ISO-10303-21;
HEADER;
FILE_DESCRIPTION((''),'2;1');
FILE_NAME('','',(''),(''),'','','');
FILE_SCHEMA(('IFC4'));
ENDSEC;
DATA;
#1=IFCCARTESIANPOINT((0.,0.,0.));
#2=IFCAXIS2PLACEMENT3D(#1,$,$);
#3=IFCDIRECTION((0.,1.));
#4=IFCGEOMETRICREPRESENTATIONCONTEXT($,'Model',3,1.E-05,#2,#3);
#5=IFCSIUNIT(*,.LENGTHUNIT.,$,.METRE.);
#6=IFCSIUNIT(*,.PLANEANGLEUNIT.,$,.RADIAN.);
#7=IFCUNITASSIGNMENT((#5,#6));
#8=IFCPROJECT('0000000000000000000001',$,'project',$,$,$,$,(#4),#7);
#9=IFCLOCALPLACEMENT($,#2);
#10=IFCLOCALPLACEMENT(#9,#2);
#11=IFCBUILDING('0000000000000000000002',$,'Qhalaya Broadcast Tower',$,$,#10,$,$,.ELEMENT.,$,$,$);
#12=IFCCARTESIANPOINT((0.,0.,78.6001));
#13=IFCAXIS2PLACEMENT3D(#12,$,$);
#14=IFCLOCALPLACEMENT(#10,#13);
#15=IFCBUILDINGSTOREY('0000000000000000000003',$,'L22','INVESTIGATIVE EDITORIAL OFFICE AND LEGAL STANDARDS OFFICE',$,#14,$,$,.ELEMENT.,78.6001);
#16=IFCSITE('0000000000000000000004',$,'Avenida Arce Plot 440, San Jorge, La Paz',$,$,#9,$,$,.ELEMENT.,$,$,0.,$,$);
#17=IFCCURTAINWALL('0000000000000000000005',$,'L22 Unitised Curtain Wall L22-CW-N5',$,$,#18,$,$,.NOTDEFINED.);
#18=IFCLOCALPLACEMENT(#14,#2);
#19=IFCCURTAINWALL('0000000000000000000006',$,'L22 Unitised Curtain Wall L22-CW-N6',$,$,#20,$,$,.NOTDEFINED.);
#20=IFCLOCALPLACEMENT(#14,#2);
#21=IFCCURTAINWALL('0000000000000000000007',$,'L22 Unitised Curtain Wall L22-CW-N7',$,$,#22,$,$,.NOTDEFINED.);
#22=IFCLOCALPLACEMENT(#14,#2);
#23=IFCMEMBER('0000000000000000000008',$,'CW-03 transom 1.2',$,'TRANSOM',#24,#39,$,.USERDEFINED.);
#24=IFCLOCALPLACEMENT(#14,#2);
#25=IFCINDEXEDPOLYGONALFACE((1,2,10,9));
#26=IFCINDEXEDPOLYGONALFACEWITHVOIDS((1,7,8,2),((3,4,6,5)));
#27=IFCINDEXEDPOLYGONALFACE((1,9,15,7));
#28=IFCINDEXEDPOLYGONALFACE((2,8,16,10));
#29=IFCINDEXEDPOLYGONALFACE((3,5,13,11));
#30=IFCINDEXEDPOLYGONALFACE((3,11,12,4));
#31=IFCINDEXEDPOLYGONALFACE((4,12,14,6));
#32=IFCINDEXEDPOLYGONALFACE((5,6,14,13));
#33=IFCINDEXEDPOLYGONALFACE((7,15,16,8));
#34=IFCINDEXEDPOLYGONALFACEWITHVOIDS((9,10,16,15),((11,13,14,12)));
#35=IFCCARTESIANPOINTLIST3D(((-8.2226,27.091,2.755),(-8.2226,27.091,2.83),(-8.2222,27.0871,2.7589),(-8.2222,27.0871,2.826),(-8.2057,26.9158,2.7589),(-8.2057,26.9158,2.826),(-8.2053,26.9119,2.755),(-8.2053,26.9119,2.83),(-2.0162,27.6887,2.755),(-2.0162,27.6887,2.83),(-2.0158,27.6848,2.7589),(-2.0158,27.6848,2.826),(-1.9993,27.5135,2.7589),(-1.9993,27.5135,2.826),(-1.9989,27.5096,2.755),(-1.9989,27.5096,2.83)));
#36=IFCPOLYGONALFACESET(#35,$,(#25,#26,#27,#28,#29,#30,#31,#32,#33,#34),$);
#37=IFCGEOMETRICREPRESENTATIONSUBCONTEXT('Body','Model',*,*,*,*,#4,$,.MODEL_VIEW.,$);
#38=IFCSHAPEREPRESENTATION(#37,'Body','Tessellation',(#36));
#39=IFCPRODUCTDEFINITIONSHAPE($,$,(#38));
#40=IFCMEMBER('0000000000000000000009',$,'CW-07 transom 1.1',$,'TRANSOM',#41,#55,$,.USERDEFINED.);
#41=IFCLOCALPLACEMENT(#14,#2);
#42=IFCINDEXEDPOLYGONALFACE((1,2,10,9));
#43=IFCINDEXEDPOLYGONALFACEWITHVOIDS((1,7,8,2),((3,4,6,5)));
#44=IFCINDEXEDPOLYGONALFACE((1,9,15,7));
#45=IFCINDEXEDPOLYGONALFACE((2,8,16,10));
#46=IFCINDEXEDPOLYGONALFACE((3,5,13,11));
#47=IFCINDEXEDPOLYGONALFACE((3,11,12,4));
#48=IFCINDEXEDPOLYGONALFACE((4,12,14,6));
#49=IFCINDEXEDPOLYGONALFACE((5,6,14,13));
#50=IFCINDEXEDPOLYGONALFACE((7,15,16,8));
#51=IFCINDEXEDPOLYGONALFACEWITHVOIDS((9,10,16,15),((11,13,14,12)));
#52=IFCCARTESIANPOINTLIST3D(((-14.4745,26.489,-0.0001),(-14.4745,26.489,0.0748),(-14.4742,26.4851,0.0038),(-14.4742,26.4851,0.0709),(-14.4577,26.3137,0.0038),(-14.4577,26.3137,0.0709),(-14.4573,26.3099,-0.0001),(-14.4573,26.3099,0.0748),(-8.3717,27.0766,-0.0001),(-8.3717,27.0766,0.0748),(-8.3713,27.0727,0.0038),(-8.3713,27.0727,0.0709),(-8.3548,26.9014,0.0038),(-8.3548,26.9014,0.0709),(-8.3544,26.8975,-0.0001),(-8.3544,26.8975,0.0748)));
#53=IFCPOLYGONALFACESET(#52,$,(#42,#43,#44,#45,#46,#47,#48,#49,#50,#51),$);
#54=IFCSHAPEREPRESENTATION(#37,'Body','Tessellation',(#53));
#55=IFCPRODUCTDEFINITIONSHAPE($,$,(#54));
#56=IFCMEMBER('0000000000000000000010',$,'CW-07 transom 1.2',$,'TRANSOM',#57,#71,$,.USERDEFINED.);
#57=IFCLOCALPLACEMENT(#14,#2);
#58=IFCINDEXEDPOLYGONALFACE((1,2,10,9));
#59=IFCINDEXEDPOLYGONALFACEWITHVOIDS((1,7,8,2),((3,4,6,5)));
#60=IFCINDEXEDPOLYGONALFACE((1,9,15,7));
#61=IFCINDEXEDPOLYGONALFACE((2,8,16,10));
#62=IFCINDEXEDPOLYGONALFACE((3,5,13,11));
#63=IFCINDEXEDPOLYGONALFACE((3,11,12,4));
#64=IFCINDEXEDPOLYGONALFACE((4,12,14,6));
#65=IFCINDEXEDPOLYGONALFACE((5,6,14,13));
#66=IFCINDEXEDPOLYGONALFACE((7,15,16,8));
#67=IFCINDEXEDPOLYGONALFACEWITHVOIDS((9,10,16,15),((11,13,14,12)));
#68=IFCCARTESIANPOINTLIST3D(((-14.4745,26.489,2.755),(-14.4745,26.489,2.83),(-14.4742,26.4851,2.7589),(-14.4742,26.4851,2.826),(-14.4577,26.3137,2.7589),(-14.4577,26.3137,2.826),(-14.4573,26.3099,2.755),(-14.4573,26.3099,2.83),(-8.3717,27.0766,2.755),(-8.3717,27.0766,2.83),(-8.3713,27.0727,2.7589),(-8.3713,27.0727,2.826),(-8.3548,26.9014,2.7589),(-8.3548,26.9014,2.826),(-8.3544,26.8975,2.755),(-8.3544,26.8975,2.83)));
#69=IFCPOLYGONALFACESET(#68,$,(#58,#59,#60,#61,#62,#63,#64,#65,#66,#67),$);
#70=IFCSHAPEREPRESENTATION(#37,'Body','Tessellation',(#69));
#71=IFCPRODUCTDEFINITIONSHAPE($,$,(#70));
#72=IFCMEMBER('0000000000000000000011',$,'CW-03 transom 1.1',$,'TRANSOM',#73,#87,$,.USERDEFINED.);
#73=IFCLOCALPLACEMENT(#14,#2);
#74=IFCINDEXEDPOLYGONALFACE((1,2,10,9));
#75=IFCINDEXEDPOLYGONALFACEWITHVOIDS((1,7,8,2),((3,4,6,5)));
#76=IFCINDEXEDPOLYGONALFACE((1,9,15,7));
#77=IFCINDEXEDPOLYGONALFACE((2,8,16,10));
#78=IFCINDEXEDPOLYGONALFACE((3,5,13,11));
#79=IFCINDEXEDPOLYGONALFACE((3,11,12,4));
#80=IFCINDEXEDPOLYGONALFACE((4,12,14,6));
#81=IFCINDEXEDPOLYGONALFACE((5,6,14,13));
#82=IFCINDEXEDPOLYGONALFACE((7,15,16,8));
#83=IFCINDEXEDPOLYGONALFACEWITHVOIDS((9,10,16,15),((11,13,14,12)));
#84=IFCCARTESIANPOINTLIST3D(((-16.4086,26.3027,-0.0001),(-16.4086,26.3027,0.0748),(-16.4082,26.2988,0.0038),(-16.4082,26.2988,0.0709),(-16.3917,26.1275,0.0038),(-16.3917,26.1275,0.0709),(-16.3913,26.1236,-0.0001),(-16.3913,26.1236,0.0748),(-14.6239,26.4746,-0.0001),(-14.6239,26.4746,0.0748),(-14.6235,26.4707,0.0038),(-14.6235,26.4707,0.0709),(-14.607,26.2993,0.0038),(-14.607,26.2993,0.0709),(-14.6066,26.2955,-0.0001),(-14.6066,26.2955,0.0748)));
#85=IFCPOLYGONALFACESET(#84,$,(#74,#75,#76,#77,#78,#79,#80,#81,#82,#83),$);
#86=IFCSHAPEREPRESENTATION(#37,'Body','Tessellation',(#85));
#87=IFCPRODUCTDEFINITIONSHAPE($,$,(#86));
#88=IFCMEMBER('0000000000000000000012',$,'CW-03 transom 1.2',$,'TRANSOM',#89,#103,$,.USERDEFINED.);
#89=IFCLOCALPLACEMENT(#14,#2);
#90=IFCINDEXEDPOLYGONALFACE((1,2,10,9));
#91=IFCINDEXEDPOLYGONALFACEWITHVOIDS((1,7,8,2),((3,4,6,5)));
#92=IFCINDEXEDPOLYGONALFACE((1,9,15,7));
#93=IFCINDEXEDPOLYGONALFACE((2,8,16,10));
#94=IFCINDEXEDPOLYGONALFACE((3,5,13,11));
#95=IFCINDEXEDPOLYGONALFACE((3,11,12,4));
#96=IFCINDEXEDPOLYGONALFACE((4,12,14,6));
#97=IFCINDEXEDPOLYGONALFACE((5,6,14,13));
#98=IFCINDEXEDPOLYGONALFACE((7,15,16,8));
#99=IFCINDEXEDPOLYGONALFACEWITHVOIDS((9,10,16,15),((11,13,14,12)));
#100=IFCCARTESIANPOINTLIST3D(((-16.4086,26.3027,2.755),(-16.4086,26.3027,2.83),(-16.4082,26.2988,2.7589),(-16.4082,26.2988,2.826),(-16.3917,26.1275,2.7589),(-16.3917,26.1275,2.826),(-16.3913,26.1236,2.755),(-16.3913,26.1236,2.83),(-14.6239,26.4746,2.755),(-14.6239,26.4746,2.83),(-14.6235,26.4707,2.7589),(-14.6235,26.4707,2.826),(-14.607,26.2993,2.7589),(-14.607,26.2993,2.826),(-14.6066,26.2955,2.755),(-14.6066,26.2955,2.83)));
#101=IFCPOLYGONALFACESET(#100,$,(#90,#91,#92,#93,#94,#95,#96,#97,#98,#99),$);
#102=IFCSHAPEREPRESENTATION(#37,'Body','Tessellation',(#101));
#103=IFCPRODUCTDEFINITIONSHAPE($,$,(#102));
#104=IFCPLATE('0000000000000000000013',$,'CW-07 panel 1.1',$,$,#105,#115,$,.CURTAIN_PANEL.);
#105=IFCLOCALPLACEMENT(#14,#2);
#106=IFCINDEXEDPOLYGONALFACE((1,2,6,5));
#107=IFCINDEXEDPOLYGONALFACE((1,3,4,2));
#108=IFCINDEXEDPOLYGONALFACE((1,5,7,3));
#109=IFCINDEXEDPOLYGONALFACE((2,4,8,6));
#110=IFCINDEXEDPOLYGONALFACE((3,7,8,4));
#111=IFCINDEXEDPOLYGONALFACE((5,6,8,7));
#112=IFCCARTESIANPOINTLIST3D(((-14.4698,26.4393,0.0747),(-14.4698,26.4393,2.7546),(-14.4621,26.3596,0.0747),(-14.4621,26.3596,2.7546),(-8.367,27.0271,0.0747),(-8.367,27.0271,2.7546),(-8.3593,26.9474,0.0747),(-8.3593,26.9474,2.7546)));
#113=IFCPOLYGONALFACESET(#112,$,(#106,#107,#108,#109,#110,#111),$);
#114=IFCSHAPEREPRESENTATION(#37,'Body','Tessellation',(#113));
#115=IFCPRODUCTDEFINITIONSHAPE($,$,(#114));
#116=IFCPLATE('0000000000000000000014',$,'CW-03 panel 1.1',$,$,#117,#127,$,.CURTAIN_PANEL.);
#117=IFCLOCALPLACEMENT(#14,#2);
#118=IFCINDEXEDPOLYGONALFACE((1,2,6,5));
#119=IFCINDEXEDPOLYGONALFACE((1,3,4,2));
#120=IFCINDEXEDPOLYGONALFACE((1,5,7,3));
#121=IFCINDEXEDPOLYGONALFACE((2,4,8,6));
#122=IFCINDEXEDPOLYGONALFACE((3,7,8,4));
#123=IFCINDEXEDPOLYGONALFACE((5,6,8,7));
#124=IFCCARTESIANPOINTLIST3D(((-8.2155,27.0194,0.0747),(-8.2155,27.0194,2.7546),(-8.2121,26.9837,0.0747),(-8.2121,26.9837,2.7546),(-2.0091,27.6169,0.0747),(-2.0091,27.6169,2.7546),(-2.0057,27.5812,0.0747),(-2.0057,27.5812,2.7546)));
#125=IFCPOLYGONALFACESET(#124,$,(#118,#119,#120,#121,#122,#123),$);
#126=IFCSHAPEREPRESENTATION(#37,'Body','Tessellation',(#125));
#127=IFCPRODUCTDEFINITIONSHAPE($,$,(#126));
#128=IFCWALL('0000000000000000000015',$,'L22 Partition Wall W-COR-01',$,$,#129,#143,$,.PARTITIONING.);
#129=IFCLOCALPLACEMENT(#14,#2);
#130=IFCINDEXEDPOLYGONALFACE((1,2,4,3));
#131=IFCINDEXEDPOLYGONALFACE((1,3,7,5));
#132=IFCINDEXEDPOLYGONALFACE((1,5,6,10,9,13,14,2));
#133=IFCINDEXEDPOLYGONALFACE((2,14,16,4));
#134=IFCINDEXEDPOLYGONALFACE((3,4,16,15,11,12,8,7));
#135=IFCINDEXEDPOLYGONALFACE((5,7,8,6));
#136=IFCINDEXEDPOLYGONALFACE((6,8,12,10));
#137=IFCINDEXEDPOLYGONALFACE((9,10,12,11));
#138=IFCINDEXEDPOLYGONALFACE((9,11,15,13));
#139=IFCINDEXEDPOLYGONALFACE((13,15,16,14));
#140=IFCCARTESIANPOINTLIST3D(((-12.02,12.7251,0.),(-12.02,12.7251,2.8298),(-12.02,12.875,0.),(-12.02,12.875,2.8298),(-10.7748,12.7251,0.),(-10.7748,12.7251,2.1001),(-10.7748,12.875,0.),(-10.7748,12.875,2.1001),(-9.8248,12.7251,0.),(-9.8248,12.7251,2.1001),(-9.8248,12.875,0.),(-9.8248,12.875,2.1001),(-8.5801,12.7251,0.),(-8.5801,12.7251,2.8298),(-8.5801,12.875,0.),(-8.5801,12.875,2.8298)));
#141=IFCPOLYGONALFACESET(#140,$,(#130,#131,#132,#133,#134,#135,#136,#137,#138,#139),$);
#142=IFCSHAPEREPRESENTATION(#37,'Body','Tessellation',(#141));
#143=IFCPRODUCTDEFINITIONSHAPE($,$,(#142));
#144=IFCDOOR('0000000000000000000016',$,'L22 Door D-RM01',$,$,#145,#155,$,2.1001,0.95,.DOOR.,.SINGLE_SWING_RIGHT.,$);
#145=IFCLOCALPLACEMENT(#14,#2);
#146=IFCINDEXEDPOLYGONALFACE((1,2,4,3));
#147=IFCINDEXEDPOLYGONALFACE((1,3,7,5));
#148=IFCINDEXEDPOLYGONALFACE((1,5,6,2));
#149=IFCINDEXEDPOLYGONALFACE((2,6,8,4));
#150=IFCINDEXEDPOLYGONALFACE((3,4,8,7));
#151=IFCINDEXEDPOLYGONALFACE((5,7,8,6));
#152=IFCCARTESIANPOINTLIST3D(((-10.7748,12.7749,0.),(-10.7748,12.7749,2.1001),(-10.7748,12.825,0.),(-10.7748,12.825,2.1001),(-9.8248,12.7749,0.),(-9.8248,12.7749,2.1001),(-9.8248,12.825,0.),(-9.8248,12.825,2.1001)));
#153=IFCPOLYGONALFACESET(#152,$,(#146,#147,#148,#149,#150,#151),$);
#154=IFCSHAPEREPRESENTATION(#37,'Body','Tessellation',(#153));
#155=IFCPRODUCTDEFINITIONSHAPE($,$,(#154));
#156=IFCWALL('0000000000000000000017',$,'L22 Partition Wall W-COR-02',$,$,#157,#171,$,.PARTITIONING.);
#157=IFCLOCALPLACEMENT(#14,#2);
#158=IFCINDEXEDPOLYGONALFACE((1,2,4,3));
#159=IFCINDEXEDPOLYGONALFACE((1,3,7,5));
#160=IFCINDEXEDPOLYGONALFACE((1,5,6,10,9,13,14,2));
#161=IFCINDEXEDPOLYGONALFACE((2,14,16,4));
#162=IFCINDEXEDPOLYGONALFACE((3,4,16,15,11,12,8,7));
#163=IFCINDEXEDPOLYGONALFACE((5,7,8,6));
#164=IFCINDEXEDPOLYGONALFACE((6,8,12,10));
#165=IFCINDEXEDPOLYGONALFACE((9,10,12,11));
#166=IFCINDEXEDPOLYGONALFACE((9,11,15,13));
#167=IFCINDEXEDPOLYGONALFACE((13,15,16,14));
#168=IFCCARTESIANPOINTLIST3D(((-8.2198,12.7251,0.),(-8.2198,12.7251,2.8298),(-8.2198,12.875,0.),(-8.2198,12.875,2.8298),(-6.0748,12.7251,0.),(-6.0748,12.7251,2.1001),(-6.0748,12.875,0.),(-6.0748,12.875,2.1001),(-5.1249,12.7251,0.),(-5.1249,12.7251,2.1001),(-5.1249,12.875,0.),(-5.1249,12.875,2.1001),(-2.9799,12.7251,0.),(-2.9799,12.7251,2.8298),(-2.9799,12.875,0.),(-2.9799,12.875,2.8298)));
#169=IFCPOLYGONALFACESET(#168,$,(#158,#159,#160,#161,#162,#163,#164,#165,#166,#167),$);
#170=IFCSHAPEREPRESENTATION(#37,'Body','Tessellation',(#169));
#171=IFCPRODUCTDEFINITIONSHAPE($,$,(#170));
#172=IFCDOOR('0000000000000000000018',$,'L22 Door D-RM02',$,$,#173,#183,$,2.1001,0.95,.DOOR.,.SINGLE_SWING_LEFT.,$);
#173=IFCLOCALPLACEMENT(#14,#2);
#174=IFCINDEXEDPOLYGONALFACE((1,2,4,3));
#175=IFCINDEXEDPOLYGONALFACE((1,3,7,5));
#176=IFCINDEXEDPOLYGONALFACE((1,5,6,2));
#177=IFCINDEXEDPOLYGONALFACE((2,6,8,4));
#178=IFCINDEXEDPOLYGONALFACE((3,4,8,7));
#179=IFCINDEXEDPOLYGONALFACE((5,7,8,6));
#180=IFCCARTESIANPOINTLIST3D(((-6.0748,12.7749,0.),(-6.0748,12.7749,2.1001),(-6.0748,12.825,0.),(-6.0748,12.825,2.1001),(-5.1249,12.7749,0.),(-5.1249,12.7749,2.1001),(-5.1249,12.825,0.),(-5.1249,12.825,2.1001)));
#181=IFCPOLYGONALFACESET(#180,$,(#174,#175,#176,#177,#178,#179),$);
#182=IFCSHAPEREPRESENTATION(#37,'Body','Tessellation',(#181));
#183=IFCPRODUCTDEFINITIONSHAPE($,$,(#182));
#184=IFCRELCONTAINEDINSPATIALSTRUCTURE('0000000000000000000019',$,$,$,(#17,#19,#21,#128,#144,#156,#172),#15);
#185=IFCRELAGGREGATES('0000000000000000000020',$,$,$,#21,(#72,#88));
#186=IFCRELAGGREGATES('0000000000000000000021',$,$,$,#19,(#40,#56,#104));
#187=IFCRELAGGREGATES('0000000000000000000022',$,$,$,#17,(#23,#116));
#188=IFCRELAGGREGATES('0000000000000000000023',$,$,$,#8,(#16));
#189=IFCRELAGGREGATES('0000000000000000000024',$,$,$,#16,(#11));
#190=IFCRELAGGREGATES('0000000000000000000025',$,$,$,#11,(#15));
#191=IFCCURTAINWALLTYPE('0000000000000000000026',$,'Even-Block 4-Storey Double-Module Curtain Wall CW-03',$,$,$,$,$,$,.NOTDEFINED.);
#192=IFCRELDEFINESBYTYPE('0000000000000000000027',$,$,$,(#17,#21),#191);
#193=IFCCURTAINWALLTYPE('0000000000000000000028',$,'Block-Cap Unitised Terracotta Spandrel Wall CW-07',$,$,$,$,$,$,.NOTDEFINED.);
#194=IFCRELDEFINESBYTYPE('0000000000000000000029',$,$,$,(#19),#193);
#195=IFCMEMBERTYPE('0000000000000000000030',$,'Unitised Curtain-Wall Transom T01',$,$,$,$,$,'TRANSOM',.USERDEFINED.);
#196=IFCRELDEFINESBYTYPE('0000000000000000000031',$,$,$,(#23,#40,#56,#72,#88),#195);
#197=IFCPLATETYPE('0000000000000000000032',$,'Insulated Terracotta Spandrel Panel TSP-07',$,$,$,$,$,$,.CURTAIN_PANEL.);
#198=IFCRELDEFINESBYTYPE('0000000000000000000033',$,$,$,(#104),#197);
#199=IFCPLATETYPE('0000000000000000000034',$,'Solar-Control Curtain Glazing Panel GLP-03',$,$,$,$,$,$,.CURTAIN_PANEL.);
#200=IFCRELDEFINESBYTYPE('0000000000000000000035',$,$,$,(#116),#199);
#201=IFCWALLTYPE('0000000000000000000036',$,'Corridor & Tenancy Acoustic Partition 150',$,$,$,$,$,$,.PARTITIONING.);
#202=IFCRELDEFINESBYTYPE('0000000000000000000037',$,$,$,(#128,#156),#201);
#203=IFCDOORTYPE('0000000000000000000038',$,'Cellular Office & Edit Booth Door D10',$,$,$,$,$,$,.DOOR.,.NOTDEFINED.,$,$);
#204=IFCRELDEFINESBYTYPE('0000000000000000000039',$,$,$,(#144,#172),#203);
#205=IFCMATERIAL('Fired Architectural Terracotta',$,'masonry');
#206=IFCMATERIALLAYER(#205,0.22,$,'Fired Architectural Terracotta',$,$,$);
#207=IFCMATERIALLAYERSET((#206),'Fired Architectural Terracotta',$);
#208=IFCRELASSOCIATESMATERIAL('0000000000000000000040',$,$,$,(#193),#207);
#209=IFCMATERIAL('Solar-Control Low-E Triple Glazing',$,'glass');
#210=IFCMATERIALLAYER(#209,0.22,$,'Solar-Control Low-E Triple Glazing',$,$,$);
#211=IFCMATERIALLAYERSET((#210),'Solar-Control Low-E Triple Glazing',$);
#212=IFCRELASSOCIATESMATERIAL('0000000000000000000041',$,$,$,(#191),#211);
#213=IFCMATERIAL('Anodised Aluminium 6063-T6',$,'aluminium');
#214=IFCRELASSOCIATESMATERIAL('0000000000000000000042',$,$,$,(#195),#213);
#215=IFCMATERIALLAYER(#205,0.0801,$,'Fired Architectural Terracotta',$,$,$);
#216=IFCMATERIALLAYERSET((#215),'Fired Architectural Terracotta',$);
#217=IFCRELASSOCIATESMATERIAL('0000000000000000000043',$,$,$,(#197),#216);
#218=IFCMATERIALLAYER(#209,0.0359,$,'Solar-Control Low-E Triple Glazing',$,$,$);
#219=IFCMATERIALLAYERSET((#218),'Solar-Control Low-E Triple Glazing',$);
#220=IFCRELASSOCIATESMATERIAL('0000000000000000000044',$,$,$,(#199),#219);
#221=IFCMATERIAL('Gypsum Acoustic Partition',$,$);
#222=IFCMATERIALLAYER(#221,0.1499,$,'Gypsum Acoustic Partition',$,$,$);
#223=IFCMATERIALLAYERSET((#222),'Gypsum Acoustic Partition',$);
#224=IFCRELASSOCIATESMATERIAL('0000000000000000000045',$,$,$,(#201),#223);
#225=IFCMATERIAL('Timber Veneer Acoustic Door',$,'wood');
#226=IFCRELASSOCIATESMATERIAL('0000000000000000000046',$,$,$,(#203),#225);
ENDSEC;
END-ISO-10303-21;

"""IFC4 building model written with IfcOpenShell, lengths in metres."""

from ifc_helpers import new_model, si_unit, direction, frame, frame_2d, origin, origin_2d, place, context, subcontext, project, spatial, rectangle, hollow_rectangle, extrude, material, layer, layer_set, material_profile, profile_set, type_object, element, fill, aggregate, save


model = new_model("IFC4")

# Units and contexts
model_context = context("Model", 3, precision=1e-05, world=origin(), true_north=direction((0.0, 1.0)))
body_context = subcontext(model_context, "Body", "Model", "MODEL_VIEW")
ifc_project = project(units=[si_unit("LENGTHUNIT", "METRE"), si_unit("PLANEANGLEUNIT", "RADIAN")], contexts=[model_context])

# Site, building, storey
site_placement = place(None, origin())
site = spatial("IfcSite", under=ifc_project, at=site_placement, Name="Avenida Arce Plot 440, San Jorge, La Paz", CompositionType="ELEMENT", RefElevation=0.0)
building_placement = place(site_placement, origin())
building = spatial("IfcBuilding", under=site, at=building_placement, Name="Qhalaya Broadcast Tower", CompositionType="ELEMENT")
storey_placement = place(building_placement, frame((0.0, 0.0, 78.6001)))
storey = spatial("IfcBuildingStorey", under=building, at=storey_placement, Name="L22", Description="INVESTIGATIVE EDITORIAL OFFICE AND LEGAL STANDARDS OFFICE", CompositionType="ELEMENT", Elevation=78.6001)

# Shared definitions
ifc_material_1 = material(Name="Fired Architectural Terracotta", Category="masonry")
ifc_layer_1 = layer(ifc_material_1, 0.22, Name="Fired Architectural Terracotta")
ifc_layer_set_1 = layer_set([ifc_layer_1], Name="Fired Architectural Terracotta")
curtain_wall_type_1 = type_object("IfcCurtainWallType", Name="Block-Cap Unitised Terracotta Spandrel Wall CW-07", PredefinedType="NOTDEFINED", material=ifc_layer_set_1)
ifc_material_2 = material(Name="Anodised Aluminium 6063-T6", Category="aluminium")

# Curtain walls
ifc_material_3 = material(Name="Solar-Control Low-E Triple Glazing", Category="glass")
ifc_layer_2 = layer(ifc_material_3, 0.22, Name="Solar-Control Low-E Triple Glazing")
ifc_layer_set_2 = layer_set([ifc_layer_2], Name="Solar-Control Low-E Triple Glazing")
curtain_wall_type_2 = type_object("IfcCurtainWallType", Name="Even-Block 4-Storey Double-Module Curtain Wall CW-03", PredefinedType="NOTDEFINED", material=ifc_layer_set_2)
curtain_wall_1_placement = place(storey_placement, origin())
curtain_wall_1 = element("IfcCurtainWall", 1, at=curtain_wall_1_placement, inside=storey, type_object=curtain_wall_type_2, Name="L22 Unitised Curtain Wall L22-CW-N5", PredefinedType="NOTDEFINED")
curtain_wall_2_placement = place(storey_placement, origin())
curtain_wall_2 = element("IfcCurtainWall", 2, at=curtain_wall_2_placement, inside=storey, type_object=curtain_wall_type_1, Name="L22 Unitised Curtain Wall L22-CW-N6", PredefinedType="NOTDEFINED")

# Curtain wall
curtain_wall_3_placement = place(storey_placement, origin())
curtain_wall_3 = element("IfcCurtainWall", 3, at=curtain_wall_3_placement, inside=storey, type_object=curtain_wall_type_2, Name="L22 Unitised Curtain Wall L22-CW-N7", PredefinedType="NOTDEFINED")

# Members
ifc_material_profile_1 = material_profile(ifc_material_2, hollow_rectangle(XDim=0.075, YDim=0.1799, WallThickness=0.0039, at=origin_2d()), Name="ALU-TRN 75x180x4")
ifc_profile_set_1 = profile_set([ifc_material_profile_1], Name="Anodised Aluminium 6063-T6")
member_type_1 = type_object("IfcMemberType", Name="Unitised Curtain-Wall Transom T01", ElementType="TRANSOM", PredefinedType="USERDEFINED", material=ifc_profile_set_1)
member_1_placement = place(storey_placement, frame((-2.0076, 27.5991, 2.7925), z_axis=(-0.995395, -0.095855, 0.0), x_axis=(0.0, 0.0, 1.0)))
member_1 = element("IfcMember", 4, at=member_1_placement, type_object=member_type_1, Name="CW-03 transom 1.2", ObjectType="TRANSOM", PredefinedType="USERDEFINED", context=body_context, shape_type="SweptSolid", body=[
    extrude(hollow_rectangle(XDim=0.075, YDim=0.1799, WallThickness=0.0039, at=origin_2d()), origin(), (0.0, 0.0, 1.0), 6.2351),
])
member_2_placement = place(storey_placement, frame((-8.363, 26.9871, 0.0374), z_axis=(-0.995396, -0.095848, 0.0), x_axis=(0.0, 0.0, 1.0)))
member_2 = element("IfcMember", 5, at=member_2_placement, type_object=member_type_1, Name="CW-07 transom 1.1", ObjectType="TRANSOM", PredefinedType="USERDEFINED", context=body_context, shape_type="SweptSolid", body=[
    extrude(hollow_rectangle(XDim=0.075, YDim=0.1799, WallThickness=0.0039, at=origin_2d()), origin(), (0.0, 0.0, 1.0), 6.1311),
])
member_3_placement = place(storey_placement, frame((-8.363, 26.9871, 2.7925), z_axis=(-0.995396, -0.095848, 0.0), x_axis=(0.0, 0.0, 1.0)))
member_3 = element("IfcMember", 6, at=member_3_placement, type_object=member_type_1, Name="CW-07 transom 1.2", ObjectType="TRANSOM", PredefinedType="USERDEFINED", context=body_context, shape_type="SweptSolid", body=[
    extrude(hollow_rectangle(XDim=0.075, YDim=0.1799, WallThickness=0.0039, at=origin_2d()), origin(), (0.0, 0.0, 1.0), 6.1311),
])
member_4_placement = place(storey_placement, frame((-14.6152, 26.385, 0.0374), z_axis=(-0.995395, -0.095863, 0.0), x_axis=(0.0, 0.0, 1.0)))
member_4 = element("IfcMember", 7, at=member_4_placement, type_object=member_type_1, Name="CW-03 transom 1.1", ObjectType="TRANSOM", PredefinedType="USERDEFINED", context=body_context, shape_type="SweptSolid", body=[
    extrude(hollow_rectangle(XDim=0.075, YDim=0.1799, WallThickness=0.0039, at=origin_2d()), origin(), (0.0, 0.0, 1.0), 1.793),
])
member_5_placement = place(storey_placement, frame((-14.6152, 26.385, 2.7925), z_axis=(-0.995395, -0.095863, 0.0), x_axis=(0.0, 0.0, 1.0)))
member_5 = element("IfcMember", 8, at=member_5_placement, type_object=member_type_1, Name="CW-03 transom 1.2", ObjectType="TRANSOM", PredefinedType="USERDEFINED", context=body_context, shape_type="SweptSolid", body=[
    extrude(hollow_rectangle(XDim=0.075, YDim=0.1799, WallThickness=0.0039, at=origin_2d()), origin(), (0.0, 0.0, 1.0), 1.793),
])
aggregate(curtain_wall_3, [member_4, member_5])

# Plates
ifc_layer_3 = layer(ifc_material_1, 0.0801, Name="Fired Architectural Terracotta")
ifc_layer_set_3 = layer_set([ifc_layer_3], Name="Fired Architectural Terracotta")
plate_type_1 = type_object("IfcPlateType", Name="Insulated Terracotta Spandrel Panel TSP-07", PredefinedType="CURTAIN_PANEL", material=ifc_layer_set_3)
plate_1_placement = place(storey_placement, frame((-11.4146, 26.6934, 0.0747), z_axis=(0.0, 0.0, 1.0), x_axis=(-0.995395, -0.09586, 0.0)))
plate_1 = element("IfcPlate", 9, at=plate_1_placement, type_object=plate_type_1, Name="CW-07 panel 1.1", PredefinedType="CURTAIN_PANEL", context=body_context, shape_type="SweptSolid", body=[
    extrude(rectangle(XDim=6.1311, YDim=0.0801, at=origin_2d()), origin(), (0.0, 0.0, 1.0), 2.6799),
])
aggregate(curtain_wall_2, [member_2, member_3, plate_1])
ifc_layer_4 = layer(ifc_material_3, 0.0359, Name="Solar-Control Low-E Triple Glazing")
ifc_layer_set_4 = layer_set([ifc_layer_4], Name="Solar-Control Low-E Triple Glazing")
plate_type_2 = type_object("IfcPlateType", Name="Solar-Control Curtain Glazing Panel GLP-03", PredefinedType="CURTAIN_PANEL", material=ifc_layer_set_4)
plate_2_placement = place(storey_placement, frame((-5.1106, 27.3003, 0.0747), z_axis=(0.0, 0.0, 1.0), x_axis=(-0.995397, -0.095834, 0.0)))
plate_2 = element("IfcPlate", 10, at=plate_2_placement, type_object=plate_type_2, Name="CW-03 panel 1.1", PredefinedType="CURTAIN_PANEL", context=body_context, shape_type="SweptSolid", body=[
    extrude(rectangle(XDim=6.2351, YDim=0.0359, at=origin_2d()), origin(), (0.0, 0.0, 1.0), 2.6799),
])
aggregate(curtain_wall_1, [member_1, plate_2])

# Walls, openings, doors
ifc_material_4 = material(Name="Gypsum Acoustic Partition")
ifc_layer_5 = layer(ifc_material_4, 0.1499, Name="Gypsum Acoustic Partition")
ifc_layer_set_5 = layer_set([ifc_layer_5], Name="Gypsum Acoustic Partition")
wall_type_1 = type_object("IfcWallType", Name="Corridor & Tenancy Acoustic Partition 150", PredefinedType="PARTITIONING", material=ifc_layer_set_5)
wall_1_placement = place(storey_placement, frame((-12.02, 12.8, 0.0), z_axis=(0.0, 0.0, 1.0), x_axis=(1.0, 0.0, 0.0)))
wall_1 = element("IfcWall", 11, at=wall_1_placement, inside=storey, type_object=wall_type_1, Name="L22 Partition Wall W-COR-01", PredefinedType="PARTITIONING", context=body_context, shape_type="SweptSolid", body=[
    extrude(rectangle(XDim=3.4399, YDim=0.1499, at=frame_2d((1.72, 0.0))), origin(), (0.0, 0.0, 1.0), 2.8298),
])
opening_1_placement = place(wall_1_placement, frame((1.2451, 0.0, 0.0)))
opening_1 = element("IfcOpeningElement", 12, at=opening_1_placement, cuts=wall_1, PredefinedType="OPENING", context=body_context, shape_type="SweptSolid", body=[
    extrude(rectangle(XDim=0.95, YDim=2.1001, at=frame_2d((0.4751, 1.05))), frame((0.0, 0.0869, 0.0), z_axis=(0.0, -1.0, 0.0), x_axis=(1.0, 0.0, 0.0)), (0.0, 0.0, 1.0), 0.1738),
])
ifc_material_5 = material(Name="Timber Veneer Acoustic Door", Category="wood")
door_type = type_object("IfcDoorType", Name="Cellular Office & Edit Booth Door D10", OperationType="NOTDEFINED", PredefinedType="DOOR", material=ifc_material_5)
door_1_placement = place(opening_1_placement, origin())
door_1 = element("IfcDoor", 13, at=door_1_placement, inside=storey, type_object=door_type, Name="L22 Door D-RM01", OperationType="SINGLE_SWING_RIGHT", OverallHeight=2.1001, OverallWidth=0.95, PredefinedType="DOOR", context=body_context, shape_type="SweptSolid", body=[
    extrude(rectangle(XDim=0.95, YDim=2.1001, at=frame_2d((0.4751, 1.05))), frame((0.0, 0.0249, 0.0), z_axis=(0.0, -1.0, 0.0), x_axis=(1.0, 0.0, 0.0)), (0.0, 0.0, 1.0), 0.05),
])
fill(opening_1, door_1)
wall_2_placement = place(storey_placement, frame((-8.22, 12.8, 0.0), z_axis=(0.0, 0.0, 1.0), x_axis=(1.0, 0.0, 0.0)))
wall_2 = element("IfcWall", 14, at=wall_2_placement, inside=storey, type_object=wall_type_1, Name="L22 Partition Wall W-COR-02", PredefinedType="PARTITIONING", context=body_context, shape_type="SweptSolid", body=[
    extrude(rectangle(XDim=5.24, YDim=0.1499, at=frame_2d((2.6201, 0.0))), origin(), (0.0, 0.0, 1.0), 2.8298),
])
opening_2_placement = place(wall_2_placement, frame((2.145, 0.0, 0.0)))
opening_2 = element("IfcOpeningElement", 15, at=opening_2_placement, cuts=wall_2, PredefinedType="OPENING", context=body_context, shape_type="SweptSolid", body=[
    extrude(rectangle(XDim=0.95, YDim=2.1001, at=frame_2d((0.4751, 1.05))), frame((0.0, 0.0869, 0.0), z_axis=(0.0, -1.0, 0.0), x_axis=(1.0, 0.0, 0.0)), (0.0, 0.0, 1.0), 0.1738),
])
door_2_placement = place(opening_2_placement, origin())
door_2 = element("IfcDoor", 16, at=door_2_placement, inside=storey, type_object=door_type, Name="L22 Door D-RM02", OperationType="SINGLE_SWING_LEFT", OverallHeight=2.1001, OverallWidth=0.95, PredefinedType="DOOR", context=body_context, shape_type="SweptSolid", body=[
    extrude(rectangle(XDim=0.95, YDim=2.1001, at=frame_2d((0.4751, 1.05))), frame((0.0, 0.0249, 0.0), z_axis=(0.0, -1.0, 0.0), x_axis=(1.0, 0.0, 0.0)), (0.0, 0.0, 1.0), 0.05),
])
fill(opening_2, door_2)

save(model, "model.ifc")
